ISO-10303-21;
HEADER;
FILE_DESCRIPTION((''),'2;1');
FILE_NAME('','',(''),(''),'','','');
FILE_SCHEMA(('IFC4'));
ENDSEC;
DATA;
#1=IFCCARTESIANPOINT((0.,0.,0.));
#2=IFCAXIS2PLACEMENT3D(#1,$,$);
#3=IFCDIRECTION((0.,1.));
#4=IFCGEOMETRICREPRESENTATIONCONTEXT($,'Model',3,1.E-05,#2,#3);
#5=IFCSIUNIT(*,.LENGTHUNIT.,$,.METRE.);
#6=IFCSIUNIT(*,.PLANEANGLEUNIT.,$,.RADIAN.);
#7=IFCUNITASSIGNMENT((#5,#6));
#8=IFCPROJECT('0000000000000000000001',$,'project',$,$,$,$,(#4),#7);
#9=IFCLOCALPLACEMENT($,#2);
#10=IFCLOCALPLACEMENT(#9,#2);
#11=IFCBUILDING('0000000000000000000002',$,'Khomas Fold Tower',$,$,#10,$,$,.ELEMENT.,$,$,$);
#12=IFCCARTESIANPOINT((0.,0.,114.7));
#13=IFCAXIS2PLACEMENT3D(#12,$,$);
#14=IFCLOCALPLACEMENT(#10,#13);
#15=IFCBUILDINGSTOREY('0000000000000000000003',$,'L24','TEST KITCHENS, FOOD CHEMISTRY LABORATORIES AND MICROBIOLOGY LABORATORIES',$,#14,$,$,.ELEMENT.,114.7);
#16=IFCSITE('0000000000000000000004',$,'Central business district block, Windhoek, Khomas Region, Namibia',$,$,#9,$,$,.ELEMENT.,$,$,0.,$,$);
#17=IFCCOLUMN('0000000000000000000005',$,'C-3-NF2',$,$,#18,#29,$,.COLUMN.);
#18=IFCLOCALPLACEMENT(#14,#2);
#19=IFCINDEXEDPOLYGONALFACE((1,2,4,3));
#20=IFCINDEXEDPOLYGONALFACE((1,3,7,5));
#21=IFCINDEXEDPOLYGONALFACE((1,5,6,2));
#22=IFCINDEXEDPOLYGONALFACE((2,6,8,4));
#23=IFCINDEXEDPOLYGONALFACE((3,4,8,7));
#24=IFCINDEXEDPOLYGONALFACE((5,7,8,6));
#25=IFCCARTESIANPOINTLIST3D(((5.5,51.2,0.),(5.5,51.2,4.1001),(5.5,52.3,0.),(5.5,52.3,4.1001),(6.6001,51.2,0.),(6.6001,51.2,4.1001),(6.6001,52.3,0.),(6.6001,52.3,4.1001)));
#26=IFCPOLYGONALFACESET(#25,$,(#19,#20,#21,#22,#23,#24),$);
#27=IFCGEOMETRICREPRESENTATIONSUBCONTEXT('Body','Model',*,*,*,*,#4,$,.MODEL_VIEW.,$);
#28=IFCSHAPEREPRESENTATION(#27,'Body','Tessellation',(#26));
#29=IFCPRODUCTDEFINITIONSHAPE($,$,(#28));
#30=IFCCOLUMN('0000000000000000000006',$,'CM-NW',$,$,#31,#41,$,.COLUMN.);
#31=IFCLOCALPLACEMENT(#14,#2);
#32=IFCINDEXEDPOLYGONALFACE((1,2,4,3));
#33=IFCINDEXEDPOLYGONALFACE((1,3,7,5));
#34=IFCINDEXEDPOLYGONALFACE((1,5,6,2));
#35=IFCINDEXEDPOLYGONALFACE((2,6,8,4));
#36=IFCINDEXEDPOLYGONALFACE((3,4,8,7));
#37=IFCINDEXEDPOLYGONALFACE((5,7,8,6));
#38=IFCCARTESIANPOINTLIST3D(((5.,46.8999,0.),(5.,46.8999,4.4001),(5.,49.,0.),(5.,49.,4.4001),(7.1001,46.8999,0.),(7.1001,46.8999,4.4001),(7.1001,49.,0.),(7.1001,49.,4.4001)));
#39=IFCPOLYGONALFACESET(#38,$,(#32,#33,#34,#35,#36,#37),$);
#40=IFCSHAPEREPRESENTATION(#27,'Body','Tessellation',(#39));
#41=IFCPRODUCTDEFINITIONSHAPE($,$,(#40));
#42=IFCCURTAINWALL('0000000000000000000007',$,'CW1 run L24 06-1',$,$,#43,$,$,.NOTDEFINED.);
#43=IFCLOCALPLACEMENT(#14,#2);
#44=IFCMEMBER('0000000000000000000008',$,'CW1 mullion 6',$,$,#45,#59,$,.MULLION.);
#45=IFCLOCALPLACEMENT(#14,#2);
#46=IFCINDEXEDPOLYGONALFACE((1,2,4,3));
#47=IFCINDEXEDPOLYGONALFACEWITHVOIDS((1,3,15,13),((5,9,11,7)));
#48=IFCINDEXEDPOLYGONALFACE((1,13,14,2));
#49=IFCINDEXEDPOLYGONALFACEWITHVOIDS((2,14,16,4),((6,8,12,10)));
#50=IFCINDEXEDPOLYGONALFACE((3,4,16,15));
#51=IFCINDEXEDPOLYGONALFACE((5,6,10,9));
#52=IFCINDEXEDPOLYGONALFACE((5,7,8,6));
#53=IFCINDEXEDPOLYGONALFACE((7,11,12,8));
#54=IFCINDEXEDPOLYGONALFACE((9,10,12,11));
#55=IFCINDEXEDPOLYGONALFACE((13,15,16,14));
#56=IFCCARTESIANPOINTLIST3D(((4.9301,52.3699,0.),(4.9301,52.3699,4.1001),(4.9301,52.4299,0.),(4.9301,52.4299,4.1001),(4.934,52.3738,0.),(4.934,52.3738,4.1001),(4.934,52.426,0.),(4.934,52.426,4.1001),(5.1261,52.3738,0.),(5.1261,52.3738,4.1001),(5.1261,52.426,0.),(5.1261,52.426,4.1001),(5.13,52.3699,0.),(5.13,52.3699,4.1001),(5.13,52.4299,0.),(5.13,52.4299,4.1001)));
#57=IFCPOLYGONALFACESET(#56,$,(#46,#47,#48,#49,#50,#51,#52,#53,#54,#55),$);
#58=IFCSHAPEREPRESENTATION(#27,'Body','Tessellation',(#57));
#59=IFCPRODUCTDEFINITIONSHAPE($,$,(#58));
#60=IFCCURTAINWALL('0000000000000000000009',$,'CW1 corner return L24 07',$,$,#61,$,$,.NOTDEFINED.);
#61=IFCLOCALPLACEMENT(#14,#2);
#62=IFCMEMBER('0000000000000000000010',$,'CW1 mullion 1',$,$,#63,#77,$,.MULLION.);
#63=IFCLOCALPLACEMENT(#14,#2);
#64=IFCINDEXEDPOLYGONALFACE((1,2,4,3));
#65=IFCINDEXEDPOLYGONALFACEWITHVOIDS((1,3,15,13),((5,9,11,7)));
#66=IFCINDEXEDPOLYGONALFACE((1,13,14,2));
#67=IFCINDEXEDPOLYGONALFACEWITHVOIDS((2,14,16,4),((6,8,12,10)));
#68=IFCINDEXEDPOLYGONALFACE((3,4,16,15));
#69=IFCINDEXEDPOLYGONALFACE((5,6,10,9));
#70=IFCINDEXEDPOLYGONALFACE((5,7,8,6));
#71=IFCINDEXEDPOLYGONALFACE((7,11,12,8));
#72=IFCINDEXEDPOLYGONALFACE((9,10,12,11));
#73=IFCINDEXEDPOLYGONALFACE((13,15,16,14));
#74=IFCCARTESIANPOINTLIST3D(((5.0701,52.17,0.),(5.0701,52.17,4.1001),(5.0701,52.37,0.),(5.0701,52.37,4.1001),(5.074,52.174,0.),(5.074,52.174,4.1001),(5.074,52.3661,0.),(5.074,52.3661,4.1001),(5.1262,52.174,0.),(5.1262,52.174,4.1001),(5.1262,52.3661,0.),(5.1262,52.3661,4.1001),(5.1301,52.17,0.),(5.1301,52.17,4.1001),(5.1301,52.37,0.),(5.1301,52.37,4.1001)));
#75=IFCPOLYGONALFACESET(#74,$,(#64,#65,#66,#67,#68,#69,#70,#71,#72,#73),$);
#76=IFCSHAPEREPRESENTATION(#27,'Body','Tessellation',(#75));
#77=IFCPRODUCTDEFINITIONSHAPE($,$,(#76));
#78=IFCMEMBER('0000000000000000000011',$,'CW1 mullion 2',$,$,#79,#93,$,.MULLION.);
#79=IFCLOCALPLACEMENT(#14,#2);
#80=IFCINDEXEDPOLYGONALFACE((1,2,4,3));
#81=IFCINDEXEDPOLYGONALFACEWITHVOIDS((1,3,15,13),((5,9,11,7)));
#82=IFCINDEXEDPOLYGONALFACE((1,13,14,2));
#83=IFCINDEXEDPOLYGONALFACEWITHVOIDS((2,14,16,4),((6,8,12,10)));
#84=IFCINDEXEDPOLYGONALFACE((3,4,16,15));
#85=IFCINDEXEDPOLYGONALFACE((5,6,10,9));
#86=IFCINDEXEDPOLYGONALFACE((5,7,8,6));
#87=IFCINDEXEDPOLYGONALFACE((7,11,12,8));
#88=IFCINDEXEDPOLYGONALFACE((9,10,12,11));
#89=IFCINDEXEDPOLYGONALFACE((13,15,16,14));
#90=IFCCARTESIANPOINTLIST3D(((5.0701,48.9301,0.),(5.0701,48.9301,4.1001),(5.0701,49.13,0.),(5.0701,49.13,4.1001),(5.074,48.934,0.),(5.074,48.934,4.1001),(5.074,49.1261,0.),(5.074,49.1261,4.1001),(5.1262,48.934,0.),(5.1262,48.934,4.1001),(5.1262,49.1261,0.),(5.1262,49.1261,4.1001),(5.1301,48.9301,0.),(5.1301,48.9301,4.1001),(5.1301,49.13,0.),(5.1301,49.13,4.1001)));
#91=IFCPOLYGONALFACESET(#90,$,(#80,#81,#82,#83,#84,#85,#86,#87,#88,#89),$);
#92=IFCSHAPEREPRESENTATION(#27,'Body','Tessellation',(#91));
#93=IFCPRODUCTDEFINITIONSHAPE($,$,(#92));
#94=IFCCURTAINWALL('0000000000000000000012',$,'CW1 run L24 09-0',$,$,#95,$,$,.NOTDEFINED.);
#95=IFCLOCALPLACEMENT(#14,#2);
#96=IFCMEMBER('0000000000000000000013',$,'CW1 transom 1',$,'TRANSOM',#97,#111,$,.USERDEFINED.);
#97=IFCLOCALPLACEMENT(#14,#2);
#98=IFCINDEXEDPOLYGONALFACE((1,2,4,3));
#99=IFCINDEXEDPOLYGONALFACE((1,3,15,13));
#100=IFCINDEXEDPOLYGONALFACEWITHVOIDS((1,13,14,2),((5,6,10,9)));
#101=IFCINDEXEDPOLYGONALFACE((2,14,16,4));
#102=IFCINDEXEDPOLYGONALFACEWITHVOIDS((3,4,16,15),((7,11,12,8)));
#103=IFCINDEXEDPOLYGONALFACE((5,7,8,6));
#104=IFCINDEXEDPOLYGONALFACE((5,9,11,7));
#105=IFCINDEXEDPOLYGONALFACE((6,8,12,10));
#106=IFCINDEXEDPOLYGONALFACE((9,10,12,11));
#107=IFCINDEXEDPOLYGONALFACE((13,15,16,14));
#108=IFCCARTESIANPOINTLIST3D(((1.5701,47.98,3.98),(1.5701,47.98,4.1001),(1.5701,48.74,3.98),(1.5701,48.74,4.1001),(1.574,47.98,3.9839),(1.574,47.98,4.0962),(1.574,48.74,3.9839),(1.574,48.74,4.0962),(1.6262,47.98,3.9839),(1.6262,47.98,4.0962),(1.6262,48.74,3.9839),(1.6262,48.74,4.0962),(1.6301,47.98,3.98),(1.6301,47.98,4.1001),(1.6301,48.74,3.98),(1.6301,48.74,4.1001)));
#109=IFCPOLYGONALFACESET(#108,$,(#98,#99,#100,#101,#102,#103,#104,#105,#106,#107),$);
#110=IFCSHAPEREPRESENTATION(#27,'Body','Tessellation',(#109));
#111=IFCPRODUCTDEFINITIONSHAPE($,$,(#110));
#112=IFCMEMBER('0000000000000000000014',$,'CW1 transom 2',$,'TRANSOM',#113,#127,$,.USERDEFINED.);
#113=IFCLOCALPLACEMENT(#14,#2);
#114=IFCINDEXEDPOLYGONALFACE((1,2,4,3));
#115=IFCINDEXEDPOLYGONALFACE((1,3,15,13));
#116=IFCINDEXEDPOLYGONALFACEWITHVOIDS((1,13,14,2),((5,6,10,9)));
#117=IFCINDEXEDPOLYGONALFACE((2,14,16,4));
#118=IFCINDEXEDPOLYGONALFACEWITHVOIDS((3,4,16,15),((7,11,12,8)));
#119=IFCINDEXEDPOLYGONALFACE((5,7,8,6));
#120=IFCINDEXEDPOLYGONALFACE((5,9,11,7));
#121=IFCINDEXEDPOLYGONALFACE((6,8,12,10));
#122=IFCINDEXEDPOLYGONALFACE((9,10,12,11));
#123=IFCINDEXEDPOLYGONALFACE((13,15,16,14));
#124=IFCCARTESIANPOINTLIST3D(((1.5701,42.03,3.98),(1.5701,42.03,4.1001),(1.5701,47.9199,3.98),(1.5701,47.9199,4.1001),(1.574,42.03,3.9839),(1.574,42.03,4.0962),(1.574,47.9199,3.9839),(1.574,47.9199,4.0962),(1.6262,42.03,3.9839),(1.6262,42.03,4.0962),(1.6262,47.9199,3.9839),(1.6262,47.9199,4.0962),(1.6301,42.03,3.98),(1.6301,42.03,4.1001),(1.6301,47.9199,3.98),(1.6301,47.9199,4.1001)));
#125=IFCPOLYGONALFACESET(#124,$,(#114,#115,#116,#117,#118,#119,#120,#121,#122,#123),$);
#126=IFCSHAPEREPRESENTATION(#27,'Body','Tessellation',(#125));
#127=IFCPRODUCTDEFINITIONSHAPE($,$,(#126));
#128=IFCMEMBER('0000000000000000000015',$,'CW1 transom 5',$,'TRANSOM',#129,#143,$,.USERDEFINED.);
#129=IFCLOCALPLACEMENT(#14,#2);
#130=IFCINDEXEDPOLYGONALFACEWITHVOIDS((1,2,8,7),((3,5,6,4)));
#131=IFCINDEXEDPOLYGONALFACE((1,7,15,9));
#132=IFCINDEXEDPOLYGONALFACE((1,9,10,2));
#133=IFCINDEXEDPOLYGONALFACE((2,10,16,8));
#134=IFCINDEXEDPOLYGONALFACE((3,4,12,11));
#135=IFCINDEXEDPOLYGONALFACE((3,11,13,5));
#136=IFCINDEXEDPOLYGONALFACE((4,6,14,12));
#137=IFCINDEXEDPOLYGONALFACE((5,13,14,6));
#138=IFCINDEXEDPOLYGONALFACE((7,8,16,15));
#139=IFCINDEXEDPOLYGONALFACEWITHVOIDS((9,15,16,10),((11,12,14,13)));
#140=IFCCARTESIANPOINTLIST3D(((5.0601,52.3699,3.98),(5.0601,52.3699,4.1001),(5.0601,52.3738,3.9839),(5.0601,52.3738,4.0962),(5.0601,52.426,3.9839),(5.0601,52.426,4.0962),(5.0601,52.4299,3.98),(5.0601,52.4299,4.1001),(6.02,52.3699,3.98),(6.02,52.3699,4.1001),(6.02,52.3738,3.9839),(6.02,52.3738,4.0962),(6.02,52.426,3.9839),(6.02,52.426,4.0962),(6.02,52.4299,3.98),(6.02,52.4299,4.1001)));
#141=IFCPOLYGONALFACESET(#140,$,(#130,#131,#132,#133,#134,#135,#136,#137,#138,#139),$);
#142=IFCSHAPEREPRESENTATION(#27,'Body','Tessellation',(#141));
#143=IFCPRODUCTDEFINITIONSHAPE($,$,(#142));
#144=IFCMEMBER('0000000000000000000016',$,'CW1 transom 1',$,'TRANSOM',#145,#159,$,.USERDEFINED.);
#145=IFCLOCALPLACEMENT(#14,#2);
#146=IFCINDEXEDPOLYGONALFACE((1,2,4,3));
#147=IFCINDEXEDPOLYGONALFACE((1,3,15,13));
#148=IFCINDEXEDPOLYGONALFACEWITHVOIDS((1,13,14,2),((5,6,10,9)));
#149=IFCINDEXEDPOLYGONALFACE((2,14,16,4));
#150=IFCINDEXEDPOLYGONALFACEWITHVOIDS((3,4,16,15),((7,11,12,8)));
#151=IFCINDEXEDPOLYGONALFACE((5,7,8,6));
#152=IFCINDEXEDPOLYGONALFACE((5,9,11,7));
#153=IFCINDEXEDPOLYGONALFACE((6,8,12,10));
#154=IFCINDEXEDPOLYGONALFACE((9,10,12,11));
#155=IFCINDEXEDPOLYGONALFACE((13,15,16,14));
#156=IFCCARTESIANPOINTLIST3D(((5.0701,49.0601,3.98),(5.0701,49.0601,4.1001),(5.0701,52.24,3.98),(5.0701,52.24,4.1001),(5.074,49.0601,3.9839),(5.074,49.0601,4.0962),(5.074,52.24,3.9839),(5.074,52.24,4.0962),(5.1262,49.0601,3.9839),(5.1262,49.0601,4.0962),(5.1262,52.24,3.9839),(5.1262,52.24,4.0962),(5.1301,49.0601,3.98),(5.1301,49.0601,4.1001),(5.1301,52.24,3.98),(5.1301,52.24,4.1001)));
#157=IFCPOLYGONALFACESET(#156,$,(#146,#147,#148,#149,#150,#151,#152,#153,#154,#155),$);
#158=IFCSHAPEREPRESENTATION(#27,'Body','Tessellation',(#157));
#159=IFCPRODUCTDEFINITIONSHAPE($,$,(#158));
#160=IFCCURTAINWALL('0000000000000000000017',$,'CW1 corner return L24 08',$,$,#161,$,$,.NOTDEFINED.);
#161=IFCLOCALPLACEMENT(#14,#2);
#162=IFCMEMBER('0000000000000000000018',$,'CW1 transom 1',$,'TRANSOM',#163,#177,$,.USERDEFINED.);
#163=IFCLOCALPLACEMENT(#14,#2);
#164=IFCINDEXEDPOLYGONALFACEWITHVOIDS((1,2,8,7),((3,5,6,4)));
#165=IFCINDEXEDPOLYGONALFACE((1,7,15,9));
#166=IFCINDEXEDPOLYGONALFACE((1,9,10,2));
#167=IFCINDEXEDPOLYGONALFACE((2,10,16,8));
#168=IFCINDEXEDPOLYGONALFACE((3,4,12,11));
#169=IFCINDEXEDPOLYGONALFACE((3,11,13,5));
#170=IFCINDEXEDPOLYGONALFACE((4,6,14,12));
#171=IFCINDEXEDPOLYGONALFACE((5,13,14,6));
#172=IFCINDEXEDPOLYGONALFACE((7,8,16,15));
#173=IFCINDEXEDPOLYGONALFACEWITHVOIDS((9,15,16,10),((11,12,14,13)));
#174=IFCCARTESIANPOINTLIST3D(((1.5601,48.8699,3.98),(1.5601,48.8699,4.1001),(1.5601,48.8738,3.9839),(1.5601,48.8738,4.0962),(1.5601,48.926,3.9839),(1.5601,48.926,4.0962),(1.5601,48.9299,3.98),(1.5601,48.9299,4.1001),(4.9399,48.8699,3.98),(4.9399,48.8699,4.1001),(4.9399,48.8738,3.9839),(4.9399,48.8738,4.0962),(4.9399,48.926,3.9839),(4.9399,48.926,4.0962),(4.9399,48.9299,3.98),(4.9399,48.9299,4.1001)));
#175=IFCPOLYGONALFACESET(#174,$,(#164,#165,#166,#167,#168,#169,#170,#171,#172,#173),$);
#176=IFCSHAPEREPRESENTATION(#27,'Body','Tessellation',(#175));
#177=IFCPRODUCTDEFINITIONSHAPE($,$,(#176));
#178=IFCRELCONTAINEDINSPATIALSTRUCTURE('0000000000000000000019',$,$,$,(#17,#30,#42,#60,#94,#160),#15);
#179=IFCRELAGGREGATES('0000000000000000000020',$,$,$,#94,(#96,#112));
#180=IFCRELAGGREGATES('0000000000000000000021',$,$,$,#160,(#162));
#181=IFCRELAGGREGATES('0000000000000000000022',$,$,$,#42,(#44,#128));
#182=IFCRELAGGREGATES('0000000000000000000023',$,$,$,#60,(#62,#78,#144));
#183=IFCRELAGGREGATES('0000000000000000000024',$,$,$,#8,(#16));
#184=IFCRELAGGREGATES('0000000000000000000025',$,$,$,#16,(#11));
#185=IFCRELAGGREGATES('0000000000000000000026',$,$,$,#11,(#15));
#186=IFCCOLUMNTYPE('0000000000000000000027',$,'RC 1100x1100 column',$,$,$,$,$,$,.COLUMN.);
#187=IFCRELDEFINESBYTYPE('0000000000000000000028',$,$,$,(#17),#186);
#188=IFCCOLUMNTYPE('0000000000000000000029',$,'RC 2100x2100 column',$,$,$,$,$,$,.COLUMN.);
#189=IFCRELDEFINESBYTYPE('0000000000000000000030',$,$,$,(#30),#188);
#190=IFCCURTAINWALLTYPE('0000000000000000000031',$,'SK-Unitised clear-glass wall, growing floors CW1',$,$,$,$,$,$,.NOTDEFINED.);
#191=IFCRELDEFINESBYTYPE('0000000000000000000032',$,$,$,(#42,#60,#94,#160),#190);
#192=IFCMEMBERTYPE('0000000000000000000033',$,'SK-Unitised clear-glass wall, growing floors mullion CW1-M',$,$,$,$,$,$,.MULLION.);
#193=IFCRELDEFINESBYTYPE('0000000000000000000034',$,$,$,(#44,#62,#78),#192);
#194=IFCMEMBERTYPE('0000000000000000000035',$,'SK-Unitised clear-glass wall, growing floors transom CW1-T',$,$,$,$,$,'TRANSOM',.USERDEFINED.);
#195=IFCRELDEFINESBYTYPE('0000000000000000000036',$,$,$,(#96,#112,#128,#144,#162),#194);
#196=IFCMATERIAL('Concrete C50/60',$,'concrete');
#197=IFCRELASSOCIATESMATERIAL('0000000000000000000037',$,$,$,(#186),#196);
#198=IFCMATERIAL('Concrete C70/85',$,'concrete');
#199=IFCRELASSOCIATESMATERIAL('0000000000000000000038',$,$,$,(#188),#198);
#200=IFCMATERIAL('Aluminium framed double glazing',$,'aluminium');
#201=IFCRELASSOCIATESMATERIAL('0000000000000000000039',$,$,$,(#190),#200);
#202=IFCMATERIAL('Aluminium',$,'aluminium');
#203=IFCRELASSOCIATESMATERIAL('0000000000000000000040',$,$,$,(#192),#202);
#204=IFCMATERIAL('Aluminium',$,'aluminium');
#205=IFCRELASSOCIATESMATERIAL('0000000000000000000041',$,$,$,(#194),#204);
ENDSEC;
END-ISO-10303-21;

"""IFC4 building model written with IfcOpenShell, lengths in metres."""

from ifc_helpers import new_model, si_unit, direction, frame, origin, origin_2d, place, context, subcontext, project, spatial, rectangle, hollow_rectangle, extrude, source, transform, mapped, material, material_profile, profile_set, type_object, element, aggregate, save


model = new_model("IFC4")

# Units and contexts
model_context = context("Model", 3, precision=1e-05, world=origin(), true_north=direction((0.0, 1.0)))
body_context = subcontext(model_context, "Body", "Model", "MODEL_VIEW")
ifc_project = project(units=[si_unit("LENGTHUNIT", "METRE"), si_unit("PLANEANGLEUNIT", "RADIAN")], contexts=[model_context])

# Site, building, storey
site_placement = place(None, origin())
site = spatial("IfcSite", under=ifc_project, at=site_placement, Name="Central business district block, Windhoek, Khomas Region, Namibia", CompositionType="ELEMENT", RefElevation=0.0)
building_placement = place(site_placement, origin())
building = spatial("IfcBuilding", under=site, at=building_placement, Name="Khomas Fold Tower", CompositionType="ELEMENT")
storey_placement = place(building_placement, frame((0.0, 0.0, 114.7)))
storey = spatial("IfcBuildingStorey", under=building, at=storey_placement, Name="L24", Description="TEST KITCHENS, FOOD CHEMISTRY LABORATORIES AND MICROBIOLOGY LABORATORIES", CompositionType="ELEMENT", Elevation=114.7)

# Columns
ifc_material_1 = material(Name="Concrete C50/60", Category="concrete")
ifc_material_profile_1 = material_profile(ifc_material_1, rectangle(XDim=1.1001, YDim=1.1001, at=origin_2d()), Name="RC 1100x1100")
ifc_profile_set_1 = profile_set([ifc_material_profile_1], Name="Concrete C50/60")
column_type_1 = type_object("IfcColumnType", Name="RC 1100x1100 column", PredefinedType="COLUMN", material=ifc_profile_set_1)
shared_shape_1 = source(origin(), body_context, "Body", "SweptSolid", [
    extrude(rectangle(XDim=1.1001, YDim=1.1001, at=origin_2d()), origin(), (0.0, 0.0, 1.0), 4.1001),
])
column_1_placement = place(storey_placement, frame((6.05, 51.75, 0.0), z_axis=(0.0, 0.0, 1.0), x_axis=(1.0, 0.0, 0.0)))
element("IfcColumn", 1, at=column_1_placement, inside=storey, type_object=column_type_1, Name="C-3-NF2", PredefinedType="COLUMN", context=body_context, shape_type="MappedRepresentation", body=[
    mapped(shared_shape_1, transform((0.0, 0.0, 0.0))),
])
ifc_material_2 = material(Name="Concrete C70/85", Category="concrete")
ifc_material_profile_2 = material_profile(ifc_material_2, rectangle(XDim=2.1001, YDim=2.1001, at=origin_2d()), Name="RC 2100x2100")
ifc_profile_set_2 = profile_set([ifc_material_profile_2], Name="Concrete C70/85")
column_type_2 = type_object("IfcColumnType", Name="RC 2100x2100 column", PredefinedType="COLUMN", material=ifc_profile_set_2)
shared_shape_2 = source(origin(), body_context, "Body", "SweptSolid", [
    extrude(rectangle(XDim=2.1001, YDim=2.1001, at=origin_2d()), origin(), (0.0, 0.0, 1.0), 4.4001),
])
column_2_placement = place(storey_placement, frame((6.05, 47.95, 0.0), z_axis=(0.0, 0.0, 1.0), x_axis=(1.0, 0.0, 0.0)))
element("IfcColumn", 2, at=column_2_placement, inside=storey, type_object=column_type_2, Name="CM-NW", PredefinedType="COLUMN", context=body_context, shape_type="MappedRepresentation", body=[
    mapped(shared_shape_2, transform((0.0, 0.0, 0.0))),
])

# Curtain wall, member
ifc_material_3 = material(Name="Aluminium framed double glazing", Category="aluminium")
curtain_wall_type = type_object("IfcCurtainWallType", Name="SK-Unitised clear-glass wall, growing floors CW1", PredefinedType="NOTDEFINED", material=ifc_material_3)
curtain_wall_1_placement = place(storey_placement, origin())
curtain_wall_1 = element("IfcCurtainWall", 3, at=curtain_wall_1_placement, inside=storey, type_object=curtain_wall_type, Name="CW1 run L24 06-1", PredefinedType="NOTDEFINED")
ifc_material_4 = material(Name="Aluminium", Category="aluminium")
ifc_material_profile_3 = material_profile(ifc_material_4, hollow_rectangle(XDim=0.0601, YDim=0.2, WallThickness=0.0039, at=origin_2d()), Name="SK-Unitised clear-glass wall, growing floors mullion CW1-M")
ifc_profile_set_3 = profile_set([ifc_material_profile_3], Name="Aluminium")
member_type_1 = type_object("IfcMemberType", Name="SK-Unitised clear-glass wall, growing floors mullion CW1-M", PredefinedType="MULLION", material=ifc_profile_set_3)
shared_shape_3 = source(origin(), body_context, "Body", "SweptSolid", [
    extrude(hollow_rectangle(XDim=0.0601, YDim=0.2, WallThickness=0.0039, at=origin_2d()), origin(), (0.0, 0.0, 1.0), 4.1001),
])
member_1_placement = place(storey_placement, frame((5.03, 52.3999, 0.0), z_axis=(0.0, 0.0, 1.0), x_axis=(0.0, -1.0, 0.0)))
member_1 = element("IfcMember", 4, at=member_1_placement, type_object=member_type_1, Name="CW1 mullion 6", PredefinedType="MULLION", context=body_context, shape_type="MappedRepresentation", body=[
    mapped(shared_shape_3, transform((0.0, 0.0, 0.0))),
])

# Curtain walls, members
curtain_wall_2_placement = place(storey_placement, origin())
curtain_wall_2 = element("IfcCurtainWall", 5, at=curtain_wall_2_placement, inside=storey, type_object=curtain_wall_type, Name="CW1 corner return L24 07", PredefinedType="NOTDEFINED")
member_2_placement = place(storey_placement, frame((5.1001, 52.27, 0.0), z_axis=(0.0, 0.0, 1.0), x_axis=(1.0, 0.0, 0.0)))
member_2 = element("IfcMember", 6, at=member_2_placement, type_object=member_type_1, Name="CW1 mullion 1", PredefinedType="MULLION", context=body_context, shape_type="MappedRepresentation", body=[
    mapped(shared_shape_3, transform((0.0, 0.0, 0.0))),
])
member_3_placement = place(storey_placement, frame((5.1001, 49.03, 0.0), z_axis=(0.0, 0.0, 1.0), x_axis=(1.0, 0.0, 0.0)))
member_3 = element("IfcMember", 7, at=member_3_placement, type_object=member_type_1, Name="CW1 mullion 2", PredefinedType="MULLION", context=body_context, shape_type="MappedRepresentation", body=[
    mapped(shared_shape_3, transform((0.0, 0.0, 0.0))),
])
curtain_wall_3_placement = place(storey_placement, origin())
curtain_wall_3 = element("IfcCurtainWall", 8, at=curtain_wall_3_placement, inside=storey, type_object=curtain_wall_type, Name="CW1 run L24 09-0", PredefinedType="NOTDEFINED")
ifc_material_5 = material(Name="Aluminium", Category="aluminium")
ifc_material_profile_4 = material_profile(ifc_material_5, hollow_rectangle(XDim=0.0601, YDim=0.1201, WallThickness=0.0039, at=origin_2d()), Name="SK-Unitised clear-glass wall, growing floors transom CW1-T")
ifc_profile_set_4 = profile_set([ifc_material_profile_4], Name="Aluminium")
member_type_2 = type_object("IfcMemberType", Name="SK-Unitised clear-glass wall, growing floors transom CW1-T", ElementType="TRANSOM", PredefinedType="USERDEFINED", material=ifc_profile_set_4)
shared_shape_4 = source(origin(), body_context, "Body", "SweptSolid", [
    extrude(hollow_rectangle(XDim=0.0601, YDim=0.1201, WallThickness=0.0039, at=origin_2d()), origin(), (0.0, 0.0, 1.0), 0.76),
])
member_4_placement = place(storey_placement, frame((1.6001, 48.74, 4.04), z_axis=(0.0, -1.0, 0.0), x_axis=(1.0, 0.0, 0.0)))
member_4 = element("IfcMember", 9, at=member_4_placement, type_object=member_type_2, Name="CW1 transom 1", ObjectType="TRANSOM", PredefinedType="USERDEFINED", context=body_context, shape_type="MappedRepresentation", body=[
    mapped(shared_shape_4, transform((0.0, 0.0, 0.0))),
])
shared_shape_5 = source(origin(), body_context, "Body", "SweptSolid", [
    extrude(hollow_rectangle(XDim=0.0601, YDim=0.1201, WallThickness=0.0039, at=origin_2d()), origin(), (0.0, 0.0, 1.0), 5.8899),
])
member_5_placement = place(storey_placement, frame((1.6001, 47.9199, 4.04), z_axis=(0.0, -1.0, 0.0), x_axis=(1.0, 0.0, 0.0)))
member_5 = element("IfcMember", 10, at=member_5_placement, type_object=member_type_2, Name="CW1 transom 2", ObjectType="TRANSOM", PredefinedType="USERDEFINED", context=body_context, shape_type="MappedRepresentation", body=[
    mapped(shared_shape_5, transform((0.0, 0.0, 0.0))),
])
aggregate(curtain_wall_3, [member_4, member_5])

# Members
shared_shape_6 = source(origin(), body_context, "Body", "SweptSolid", [
    extrude(hollow_rectangle(XDim=0.0601, YDim=0.1201, WallThickness=0.0039, at=origin_2d()), origin(), (0.0, 0.0, 1.0), 0.96),
])
member_6_placement = place(storey_placement, frame((6.02, 52.3999, 4.04), z_axis=(-1.0, 0.0, 0.0), x_axis=(0.0, -1.0, 0.0)))
member_6 = element("IfcMember", 11, at=member_6_placement, type_object=member_type_2, Name="CW1 transom 5", ObjectType="TRANSOM", PredefinedType="USERDEFINED", context=body_context, shape_type="MappedRepresentation", body=[
    mapped(shared_shape_6, transform((0.0, 0.0, 0.0))),
])
shared_shape_7 = source(origin(), body_context, "Body", "SweptSolid", [
    extrude(hollow_rectangle(XDim=0.0601, YDim=0.1201, WallThickness=0.0039, at=origin_2d()), origin(), (0.0, 0.0, 1.0), 3.1799),
])
member_7_placement = place(storey_placement, frame((5.1001, 52.24, 4.04), z_axis=(0.0, -1.0, 0.0), x_axis=(1.0, 0.0, 0.0)))
member_7 = element("IfcMember", 12, at=member_7_placement, type_object=member_type_2, Name="CW1 transom 1", ObjectType="TRANSOM", PredefinedType="USERDEFINED", context=body_context, shape_type="MappedRepresentation", body=[
    mapped(shared_shape_7, transform((0.0, 0.0, 0.0))),
])

# Curtain wall, member
curtain_wall_4_placement = place(storey_placement, origin())
curtain_wall_4 = element("IfcCurtainWall", 13, at=curtain_wall_4_placement, inside=storey, type_object=curtain_wall_type, Name="CW1 corner return L24 08", PredefinedType="NOTDEFINED")
shared_shape_8 = source(origin(), body_context, "Body", "SweptSolid", [
    extrude(hollow_rectangle(XDim=0.0601, YDim=0.1201, WallThickness=0.0039, at=origin_2d()), origin(), (0.0, 0.0, 1.0), 3.3799),
])
member_8_placement = place(storey_placement, frame((4.9399, 48.8999, 4.04), z_axis=(-1.0, 0.0, 0.0), x_axis=(0.0, -1.0, 0.0)))
member_8 = element("IfcMember", 14, at=member_8_placement, type_object=member_type_2, Name="CW1 transom 1", ObjectType="TRANSOM", PredefinedType="USERDEFINED", context=body_context, shape_type="MappedRepresentation", body=[
    mapped(shared_shape_8, transform((0.0, 0.0, 0.0))),
])
aggregate(curtain_wall_4, [member_8])

aggregate(curtain_wall_1, [member_1, member_6])
aggregate(curtain_wall_2, [member_2, member_3, member_7])

save(model, "model.ifc")
